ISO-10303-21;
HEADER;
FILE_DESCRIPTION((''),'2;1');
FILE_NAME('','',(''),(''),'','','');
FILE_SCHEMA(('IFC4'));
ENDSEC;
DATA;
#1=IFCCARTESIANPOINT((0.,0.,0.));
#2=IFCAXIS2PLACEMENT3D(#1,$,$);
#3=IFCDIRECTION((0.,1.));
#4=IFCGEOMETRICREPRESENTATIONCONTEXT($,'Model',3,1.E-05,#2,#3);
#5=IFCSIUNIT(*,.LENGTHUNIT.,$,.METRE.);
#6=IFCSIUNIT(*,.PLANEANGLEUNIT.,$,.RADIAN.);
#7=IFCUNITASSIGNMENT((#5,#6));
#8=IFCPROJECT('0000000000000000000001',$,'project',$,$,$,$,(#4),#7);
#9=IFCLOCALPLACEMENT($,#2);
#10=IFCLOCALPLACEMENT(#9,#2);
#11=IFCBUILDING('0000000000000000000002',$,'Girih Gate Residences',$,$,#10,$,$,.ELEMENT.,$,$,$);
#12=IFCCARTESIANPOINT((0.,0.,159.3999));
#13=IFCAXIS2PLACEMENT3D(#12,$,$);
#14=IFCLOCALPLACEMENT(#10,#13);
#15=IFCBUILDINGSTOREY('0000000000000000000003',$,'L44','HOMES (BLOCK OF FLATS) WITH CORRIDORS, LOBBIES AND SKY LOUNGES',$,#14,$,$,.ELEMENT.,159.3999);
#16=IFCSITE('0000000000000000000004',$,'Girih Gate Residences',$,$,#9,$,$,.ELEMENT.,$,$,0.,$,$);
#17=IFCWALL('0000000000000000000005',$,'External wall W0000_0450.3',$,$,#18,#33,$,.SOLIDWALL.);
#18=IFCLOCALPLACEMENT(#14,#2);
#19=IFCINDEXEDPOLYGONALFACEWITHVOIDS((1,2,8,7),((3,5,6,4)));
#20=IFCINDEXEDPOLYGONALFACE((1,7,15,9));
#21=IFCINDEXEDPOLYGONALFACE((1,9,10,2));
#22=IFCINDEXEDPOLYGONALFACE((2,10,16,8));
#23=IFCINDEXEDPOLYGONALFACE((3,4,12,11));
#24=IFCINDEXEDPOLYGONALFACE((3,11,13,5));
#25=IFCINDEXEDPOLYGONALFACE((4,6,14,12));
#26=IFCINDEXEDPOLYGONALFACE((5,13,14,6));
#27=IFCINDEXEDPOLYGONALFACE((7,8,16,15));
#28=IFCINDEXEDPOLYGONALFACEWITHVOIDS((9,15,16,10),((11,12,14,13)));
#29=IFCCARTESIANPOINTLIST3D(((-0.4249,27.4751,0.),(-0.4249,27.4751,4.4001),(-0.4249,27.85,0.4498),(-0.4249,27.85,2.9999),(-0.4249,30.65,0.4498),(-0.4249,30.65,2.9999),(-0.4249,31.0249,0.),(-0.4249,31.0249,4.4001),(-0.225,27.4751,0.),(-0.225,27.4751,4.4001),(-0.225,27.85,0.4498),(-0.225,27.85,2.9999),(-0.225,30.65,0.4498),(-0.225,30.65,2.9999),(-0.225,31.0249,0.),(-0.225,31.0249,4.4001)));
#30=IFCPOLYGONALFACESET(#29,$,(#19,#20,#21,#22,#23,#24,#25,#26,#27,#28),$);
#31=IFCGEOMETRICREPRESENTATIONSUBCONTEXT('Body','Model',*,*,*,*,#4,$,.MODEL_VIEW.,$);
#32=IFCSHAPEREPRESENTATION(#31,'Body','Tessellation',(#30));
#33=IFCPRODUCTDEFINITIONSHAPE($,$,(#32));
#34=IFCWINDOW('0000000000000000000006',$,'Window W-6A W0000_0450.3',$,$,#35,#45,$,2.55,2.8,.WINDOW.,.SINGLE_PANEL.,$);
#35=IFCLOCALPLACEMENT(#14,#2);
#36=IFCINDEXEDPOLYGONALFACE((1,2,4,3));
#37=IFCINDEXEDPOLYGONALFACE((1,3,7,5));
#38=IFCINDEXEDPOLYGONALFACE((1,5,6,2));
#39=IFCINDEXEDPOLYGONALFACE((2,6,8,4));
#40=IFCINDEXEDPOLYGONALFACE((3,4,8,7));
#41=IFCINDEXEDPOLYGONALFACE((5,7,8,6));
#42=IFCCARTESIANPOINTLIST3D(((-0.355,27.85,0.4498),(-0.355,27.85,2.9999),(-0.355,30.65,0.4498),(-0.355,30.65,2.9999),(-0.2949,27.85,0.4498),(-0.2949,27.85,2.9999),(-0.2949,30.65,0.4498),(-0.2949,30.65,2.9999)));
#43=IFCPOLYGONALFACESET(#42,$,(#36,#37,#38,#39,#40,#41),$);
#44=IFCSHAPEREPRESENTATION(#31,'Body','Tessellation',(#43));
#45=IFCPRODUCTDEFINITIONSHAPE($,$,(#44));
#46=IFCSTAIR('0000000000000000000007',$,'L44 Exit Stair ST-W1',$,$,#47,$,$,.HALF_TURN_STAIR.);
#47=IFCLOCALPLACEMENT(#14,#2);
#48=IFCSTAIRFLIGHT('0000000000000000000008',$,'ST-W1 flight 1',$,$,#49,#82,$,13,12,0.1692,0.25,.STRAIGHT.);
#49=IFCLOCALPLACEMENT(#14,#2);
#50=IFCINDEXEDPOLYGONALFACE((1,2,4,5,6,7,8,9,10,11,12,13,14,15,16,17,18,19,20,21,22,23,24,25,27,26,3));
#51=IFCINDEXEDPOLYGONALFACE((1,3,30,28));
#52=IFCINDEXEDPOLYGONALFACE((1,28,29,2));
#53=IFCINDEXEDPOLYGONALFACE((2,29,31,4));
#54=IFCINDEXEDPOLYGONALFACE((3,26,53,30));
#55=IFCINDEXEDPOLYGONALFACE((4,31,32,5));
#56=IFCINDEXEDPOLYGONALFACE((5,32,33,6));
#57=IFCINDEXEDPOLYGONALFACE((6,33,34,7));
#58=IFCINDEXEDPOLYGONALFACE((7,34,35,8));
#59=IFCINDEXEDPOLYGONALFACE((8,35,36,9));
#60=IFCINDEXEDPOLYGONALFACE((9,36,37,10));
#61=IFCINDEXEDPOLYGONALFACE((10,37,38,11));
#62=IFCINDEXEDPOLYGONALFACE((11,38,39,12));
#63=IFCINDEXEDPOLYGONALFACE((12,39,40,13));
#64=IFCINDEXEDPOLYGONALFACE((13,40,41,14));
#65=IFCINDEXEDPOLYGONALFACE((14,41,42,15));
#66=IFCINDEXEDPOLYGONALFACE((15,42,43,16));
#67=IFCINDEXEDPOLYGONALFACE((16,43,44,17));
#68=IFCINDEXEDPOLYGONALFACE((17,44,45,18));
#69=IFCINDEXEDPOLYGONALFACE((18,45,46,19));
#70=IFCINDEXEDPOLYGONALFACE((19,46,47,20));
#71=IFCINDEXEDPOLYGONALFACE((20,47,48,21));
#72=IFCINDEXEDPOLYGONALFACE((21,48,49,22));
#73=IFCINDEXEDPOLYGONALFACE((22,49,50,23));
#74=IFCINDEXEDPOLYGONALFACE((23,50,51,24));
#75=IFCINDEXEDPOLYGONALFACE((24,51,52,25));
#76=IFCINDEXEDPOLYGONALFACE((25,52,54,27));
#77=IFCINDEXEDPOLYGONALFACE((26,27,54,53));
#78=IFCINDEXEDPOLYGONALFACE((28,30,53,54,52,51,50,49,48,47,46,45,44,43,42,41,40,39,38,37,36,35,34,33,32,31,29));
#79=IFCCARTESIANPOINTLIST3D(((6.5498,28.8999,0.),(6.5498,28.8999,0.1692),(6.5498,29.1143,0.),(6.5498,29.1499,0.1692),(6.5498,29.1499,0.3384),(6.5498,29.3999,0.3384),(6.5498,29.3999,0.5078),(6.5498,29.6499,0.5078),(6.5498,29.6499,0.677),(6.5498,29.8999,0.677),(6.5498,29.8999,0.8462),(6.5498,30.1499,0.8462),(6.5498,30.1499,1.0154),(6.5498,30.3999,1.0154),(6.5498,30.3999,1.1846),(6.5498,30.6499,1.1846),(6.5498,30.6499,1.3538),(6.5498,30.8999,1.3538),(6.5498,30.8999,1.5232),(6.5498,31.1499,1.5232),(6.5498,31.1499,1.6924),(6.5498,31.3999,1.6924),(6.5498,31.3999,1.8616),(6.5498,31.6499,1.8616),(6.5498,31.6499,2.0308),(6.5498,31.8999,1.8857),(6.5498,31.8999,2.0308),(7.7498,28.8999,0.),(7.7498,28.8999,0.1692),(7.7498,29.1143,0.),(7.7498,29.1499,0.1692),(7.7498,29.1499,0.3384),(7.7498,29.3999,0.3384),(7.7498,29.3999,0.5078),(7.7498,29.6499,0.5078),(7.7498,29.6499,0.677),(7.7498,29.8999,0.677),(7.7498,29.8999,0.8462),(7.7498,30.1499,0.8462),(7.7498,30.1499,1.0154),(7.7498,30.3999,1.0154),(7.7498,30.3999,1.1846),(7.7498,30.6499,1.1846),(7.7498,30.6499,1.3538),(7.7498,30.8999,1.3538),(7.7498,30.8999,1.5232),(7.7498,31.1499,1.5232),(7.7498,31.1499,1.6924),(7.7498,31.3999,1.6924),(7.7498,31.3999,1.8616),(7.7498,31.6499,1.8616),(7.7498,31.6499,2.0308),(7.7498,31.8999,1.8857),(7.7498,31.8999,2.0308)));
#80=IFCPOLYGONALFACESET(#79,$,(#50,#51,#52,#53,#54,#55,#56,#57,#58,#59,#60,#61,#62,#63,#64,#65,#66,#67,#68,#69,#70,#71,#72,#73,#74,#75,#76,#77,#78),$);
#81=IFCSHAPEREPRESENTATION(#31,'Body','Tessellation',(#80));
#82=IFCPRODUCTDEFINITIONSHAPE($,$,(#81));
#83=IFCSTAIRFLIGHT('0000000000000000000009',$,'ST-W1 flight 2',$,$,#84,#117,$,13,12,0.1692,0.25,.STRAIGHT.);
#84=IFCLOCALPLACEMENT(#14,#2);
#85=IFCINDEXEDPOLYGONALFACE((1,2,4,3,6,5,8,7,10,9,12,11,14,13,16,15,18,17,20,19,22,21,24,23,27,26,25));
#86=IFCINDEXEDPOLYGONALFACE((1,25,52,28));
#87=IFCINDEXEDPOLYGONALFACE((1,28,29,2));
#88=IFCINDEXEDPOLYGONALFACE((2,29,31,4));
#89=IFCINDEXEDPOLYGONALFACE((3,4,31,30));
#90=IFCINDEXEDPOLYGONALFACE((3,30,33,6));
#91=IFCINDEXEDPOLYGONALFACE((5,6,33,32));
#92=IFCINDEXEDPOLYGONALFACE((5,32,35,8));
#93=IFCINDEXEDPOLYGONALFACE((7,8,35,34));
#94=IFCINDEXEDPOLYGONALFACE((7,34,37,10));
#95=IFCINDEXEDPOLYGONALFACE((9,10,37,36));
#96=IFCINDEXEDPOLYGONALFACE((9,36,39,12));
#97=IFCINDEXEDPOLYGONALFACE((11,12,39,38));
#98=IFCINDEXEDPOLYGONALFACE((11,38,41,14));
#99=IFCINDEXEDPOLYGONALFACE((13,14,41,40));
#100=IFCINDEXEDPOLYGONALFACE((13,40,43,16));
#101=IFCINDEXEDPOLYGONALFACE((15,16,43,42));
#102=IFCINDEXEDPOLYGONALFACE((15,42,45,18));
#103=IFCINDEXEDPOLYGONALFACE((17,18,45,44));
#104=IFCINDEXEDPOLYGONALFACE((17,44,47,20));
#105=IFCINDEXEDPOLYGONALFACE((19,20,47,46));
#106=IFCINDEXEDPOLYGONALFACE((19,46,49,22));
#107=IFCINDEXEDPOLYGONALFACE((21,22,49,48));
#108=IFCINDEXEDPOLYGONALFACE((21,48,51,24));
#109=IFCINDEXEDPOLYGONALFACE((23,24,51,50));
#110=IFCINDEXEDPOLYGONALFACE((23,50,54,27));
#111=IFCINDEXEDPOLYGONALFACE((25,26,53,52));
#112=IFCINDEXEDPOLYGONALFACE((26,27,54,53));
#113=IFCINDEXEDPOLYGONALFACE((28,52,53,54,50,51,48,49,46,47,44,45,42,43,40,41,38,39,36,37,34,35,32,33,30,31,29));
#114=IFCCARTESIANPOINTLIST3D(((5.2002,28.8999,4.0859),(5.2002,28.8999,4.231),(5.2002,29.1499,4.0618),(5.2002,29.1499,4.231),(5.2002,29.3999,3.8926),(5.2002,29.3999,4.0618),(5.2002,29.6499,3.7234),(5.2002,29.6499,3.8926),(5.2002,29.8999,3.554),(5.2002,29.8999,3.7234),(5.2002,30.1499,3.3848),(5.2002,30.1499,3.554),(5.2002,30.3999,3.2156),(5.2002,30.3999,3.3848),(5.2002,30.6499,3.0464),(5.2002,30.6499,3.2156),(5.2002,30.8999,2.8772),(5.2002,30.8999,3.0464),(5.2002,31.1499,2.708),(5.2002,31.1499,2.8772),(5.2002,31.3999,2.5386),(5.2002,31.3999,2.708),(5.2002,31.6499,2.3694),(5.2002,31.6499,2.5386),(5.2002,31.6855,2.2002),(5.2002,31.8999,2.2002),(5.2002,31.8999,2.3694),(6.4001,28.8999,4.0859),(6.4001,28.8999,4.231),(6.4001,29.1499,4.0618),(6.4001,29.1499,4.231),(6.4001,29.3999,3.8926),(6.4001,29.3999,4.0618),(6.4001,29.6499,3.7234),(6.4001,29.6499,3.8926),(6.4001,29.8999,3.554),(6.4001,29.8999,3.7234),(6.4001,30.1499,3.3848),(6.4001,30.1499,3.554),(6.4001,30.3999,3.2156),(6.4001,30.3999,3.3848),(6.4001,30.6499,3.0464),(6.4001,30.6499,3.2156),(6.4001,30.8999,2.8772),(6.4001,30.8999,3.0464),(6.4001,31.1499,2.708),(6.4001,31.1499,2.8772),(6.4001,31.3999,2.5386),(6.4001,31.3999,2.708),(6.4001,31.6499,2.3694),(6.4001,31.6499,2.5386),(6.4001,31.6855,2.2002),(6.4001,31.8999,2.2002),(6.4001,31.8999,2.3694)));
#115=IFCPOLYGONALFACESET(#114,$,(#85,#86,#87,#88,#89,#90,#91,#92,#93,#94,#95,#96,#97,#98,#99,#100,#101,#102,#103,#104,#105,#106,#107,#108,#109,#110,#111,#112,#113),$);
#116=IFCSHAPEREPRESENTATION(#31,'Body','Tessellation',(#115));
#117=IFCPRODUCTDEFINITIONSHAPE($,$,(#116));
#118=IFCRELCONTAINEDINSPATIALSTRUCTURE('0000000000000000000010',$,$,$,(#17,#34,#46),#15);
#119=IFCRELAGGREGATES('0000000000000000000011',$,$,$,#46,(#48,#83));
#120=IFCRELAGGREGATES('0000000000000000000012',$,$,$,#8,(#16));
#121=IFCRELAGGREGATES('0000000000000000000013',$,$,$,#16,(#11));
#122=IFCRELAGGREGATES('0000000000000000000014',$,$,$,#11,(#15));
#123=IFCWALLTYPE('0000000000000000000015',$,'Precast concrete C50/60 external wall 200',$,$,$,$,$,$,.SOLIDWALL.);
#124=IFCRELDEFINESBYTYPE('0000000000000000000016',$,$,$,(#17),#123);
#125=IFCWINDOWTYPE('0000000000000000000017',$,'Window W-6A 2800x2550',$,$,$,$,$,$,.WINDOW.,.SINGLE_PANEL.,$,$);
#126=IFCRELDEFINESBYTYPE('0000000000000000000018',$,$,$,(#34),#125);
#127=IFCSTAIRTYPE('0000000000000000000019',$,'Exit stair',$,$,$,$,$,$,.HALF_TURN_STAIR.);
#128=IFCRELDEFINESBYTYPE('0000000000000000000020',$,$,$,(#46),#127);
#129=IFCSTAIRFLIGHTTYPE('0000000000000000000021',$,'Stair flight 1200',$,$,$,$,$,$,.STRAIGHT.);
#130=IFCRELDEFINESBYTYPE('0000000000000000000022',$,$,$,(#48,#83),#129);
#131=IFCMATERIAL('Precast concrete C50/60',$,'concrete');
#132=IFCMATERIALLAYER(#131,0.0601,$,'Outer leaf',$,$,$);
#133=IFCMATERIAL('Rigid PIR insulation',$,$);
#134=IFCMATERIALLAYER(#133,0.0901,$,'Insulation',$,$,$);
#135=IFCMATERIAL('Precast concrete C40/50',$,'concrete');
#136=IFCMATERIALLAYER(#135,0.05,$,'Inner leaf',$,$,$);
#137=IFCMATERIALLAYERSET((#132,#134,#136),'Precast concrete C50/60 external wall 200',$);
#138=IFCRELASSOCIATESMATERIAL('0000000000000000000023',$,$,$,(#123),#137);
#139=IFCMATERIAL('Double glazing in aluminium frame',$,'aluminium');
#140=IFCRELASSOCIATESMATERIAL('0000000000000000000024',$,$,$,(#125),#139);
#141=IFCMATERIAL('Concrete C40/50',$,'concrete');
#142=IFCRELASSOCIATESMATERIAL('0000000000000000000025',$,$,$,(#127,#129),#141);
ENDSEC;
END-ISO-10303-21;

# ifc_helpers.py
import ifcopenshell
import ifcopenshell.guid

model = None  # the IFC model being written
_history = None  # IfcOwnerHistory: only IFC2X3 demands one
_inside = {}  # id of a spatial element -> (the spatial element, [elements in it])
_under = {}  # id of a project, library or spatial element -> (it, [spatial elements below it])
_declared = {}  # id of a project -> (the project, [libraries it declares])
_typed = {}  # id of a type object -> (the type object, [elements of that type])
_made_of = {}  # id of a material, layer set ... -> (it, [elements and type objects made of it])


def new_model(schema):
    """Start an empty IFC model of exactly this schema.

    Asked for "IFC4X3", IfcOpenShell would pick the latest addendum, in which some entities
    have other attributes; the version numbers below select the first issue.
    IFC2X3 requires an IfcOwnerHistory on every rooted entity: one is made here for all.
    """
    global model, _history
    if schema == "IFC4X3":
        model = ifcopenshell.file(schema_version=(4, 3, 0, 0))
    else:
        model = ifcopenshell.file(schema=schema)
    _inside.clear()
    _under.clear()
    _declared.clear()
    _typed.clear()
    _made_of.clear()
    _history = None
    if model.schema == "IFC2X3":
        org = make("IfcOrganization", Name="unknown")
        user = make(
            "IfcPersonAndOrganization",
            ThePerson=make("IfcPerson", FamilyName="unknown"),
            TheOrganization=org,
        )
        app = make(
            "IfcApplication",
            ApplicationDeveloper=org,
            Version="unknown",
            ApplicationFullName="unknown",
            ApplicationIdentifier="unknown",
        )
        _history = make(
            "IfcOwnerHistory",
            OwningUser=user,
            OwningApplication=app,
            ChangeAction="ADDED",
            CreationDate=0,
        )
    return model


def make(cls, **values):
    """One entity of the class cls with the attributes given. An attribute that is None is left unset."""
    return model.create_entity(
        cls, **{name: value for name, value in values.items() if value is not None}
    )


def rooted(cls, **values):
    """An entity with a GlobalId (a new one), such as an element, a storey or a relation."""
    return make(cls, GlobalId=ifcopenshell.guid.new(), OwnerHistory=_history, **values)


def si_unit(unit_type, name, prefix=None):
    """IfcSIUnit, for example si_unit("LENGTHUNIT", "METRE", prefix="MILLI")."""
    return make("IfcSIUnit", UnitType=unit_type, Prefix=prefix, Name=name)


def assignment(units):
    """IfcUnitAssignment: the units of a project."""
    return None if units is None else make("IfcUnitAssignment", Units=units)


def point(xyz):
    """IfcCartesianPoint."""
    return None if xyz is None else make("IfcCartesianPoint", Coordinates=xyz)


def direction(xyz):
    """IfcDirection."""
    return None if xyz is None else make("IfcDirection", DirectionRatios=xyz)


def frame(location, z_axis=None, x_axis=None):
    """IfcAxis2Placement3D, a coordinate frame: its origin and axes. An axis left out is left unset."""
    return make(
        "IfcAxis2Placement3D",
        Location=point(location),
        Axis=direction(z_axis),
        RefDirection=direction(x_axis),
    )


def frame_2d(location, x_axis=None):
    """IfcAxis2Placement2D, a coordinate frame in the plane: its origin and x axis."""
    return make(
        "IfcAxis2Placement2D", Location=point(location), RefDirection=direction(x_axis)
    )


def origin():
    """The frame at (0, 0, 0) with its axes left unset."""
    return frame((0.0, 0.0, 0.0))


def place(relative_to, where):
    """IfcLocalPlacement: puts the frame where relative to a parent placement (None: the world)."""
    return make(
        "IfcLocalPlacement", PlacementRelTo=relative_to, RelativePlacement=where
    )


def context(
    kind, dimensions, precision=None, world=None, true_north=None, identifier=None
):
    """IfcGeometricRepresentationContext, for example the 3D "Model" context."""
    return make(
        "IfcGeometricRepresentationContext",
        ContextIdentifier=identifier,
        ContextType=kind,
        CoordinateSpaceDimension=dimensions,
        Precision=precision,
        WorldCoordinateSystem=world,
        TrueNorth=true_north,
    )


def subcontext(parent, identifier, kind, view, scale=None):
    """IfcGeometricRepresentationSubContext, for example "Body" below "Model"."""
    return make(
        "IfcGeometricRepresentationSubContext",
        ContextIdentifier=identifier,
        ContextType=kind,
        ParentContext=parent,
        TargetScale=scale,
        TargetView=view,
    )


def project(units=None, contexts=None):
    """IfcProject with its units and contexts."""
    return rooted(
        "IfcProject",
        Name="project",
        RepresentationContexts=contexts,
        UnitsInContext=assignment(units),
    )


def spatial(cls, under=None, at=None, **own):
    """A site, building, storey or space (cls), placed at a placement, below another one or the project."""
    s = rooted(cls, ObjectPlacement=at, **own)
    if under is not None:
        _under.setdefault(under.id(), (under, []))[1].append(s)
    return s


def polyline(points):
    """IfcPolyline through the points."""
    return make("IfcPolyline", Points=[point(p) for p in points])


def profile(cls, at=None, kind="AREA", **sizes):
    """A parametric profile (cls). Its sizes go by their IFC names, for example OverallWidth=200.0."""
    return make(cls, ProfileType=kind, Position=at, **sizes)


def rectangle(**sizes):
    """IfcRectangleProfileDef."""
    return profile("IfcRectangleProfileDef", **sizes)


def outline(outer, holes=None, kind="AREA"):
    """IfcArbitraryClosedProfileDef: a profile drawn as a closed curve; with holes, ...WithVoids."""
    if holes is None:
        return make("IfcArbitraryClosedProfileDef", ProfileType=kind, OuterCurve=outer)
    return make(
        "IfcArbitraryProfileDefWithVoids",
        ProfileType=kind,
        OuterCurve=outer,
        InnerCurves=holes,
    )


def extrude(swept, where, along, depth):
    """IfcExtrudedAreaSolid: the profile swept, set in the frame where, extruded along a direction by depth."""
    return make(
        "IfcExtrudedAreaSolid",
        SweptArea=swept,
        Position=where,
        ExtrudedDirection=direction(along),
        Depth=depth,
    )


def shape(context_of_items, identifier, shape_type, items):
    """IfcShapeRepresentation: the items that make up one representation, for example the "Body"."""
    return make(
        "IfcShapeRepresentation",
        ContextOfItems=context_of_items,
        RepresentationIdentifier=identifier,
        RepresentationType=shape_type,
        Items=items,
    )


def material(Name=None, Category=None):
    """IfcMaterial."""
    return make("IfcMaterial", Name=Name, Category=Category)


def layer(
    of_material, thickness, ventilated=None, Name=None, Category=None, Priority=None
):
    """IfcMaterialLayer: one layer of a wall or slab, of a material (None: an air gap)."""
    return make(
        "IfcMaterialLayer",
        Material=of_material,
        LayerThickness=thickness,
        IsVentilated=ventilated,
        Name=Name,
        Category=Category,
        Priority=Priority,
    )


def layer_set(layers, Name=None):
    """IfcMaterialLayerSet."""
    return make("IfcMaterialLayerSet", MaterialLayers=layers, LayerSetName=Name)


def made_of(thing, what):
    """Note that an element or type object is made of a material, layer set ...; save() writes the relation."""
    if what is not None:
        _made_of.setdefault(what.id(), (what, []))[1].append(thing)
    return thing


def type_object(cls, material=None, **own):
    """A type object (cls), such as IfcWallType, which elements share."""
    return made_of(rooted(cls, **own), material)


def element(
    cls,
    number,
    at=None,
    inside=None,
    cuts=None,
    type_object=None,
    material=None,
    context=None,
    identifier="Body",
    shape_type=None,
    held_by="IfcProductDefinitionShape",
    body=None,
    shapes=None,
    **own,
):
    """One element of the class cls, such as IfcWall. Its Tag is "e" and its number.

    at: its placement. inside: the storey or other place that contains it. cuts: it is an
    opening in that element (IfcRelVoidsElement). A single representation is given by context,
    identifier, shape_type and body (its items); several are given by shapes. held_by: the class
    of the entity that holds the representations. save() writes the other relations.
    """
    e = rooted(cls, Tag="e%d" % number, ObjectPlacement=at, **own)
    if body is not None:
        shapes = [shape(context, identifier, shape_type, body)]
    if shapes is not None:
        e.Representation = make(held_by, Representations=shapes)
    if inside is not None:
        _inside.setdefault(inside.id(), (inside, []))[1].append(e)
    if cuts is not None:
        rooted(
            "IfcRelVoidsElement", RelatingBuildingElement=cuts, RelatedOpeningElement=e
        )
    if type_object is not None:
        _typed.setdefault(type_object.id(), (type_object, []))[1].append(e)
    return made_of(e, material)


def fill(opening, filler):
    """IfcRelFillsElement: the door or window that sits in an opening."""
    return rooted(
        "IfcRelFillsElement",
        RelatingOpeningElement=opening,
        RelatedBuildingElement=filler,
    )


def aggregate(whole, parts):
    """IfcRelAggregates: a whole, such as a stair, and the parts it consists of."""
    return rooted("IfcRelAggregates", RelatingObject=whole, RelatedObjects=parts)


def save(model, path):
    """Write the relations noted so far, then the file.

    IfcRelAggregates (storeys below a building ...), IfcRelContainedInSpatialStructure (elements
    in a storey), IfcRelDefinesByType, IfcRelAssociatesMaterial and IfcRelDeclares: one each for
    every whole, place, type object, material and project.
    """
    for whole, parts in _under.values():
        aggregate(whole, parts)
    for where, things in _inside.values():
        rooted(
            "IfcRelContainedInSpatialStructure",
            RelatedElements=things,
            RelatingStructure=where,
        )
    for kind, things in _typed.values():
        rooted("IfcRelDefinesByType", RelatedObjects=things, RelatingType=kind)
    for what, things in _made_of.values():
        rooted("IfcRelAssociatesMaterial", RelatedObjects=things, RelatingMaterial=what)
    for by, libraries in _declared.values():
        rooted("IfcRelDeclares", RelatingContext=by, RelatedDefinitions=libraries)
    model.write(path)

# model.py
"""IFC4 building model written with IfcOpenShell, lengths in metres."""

from ifc_helpers import new_model, si_unit, direction, frame, frame_2d, origin, place, context, subcontext, project, spatial, polyline, rectangle, outline, extrude, material, layer, layer_set, type_object, element, fill, aggregate, save


model = new_model("IFC4")

# Units and contexts
model_context = context("Model", 3, precision=1e-05, world=origin(), true_north=direction((0.0, 1.0)))
body_context = subcontext(model_context, "Body", "Model", "MODEL_VIEW")
ifc_project = project(units=[si_unit("LENGTHUNIT", "METRE"), si_unit("PLANEANGLEUNIT", "RADIAN")], contexts=[model_context])

# Site, building, storey
site_placement = place(None, origin())
site = spatial("IfcSite", under=ifc_project, at=site_placement, Name="Girih Gate Residences", CompositionType="ELEMENT", RefElevation=0.0)
building_placement = place(site_placement, origin())
building = spatial("IfcBuilding", under=site, at=building_placement, Name="Girih Gate Residences", CompositionType="ELEMENT")
storey_placement = place(building_placement, frame((0.0, 0.0, 159.3999)))
storey = spatial("IfcBuildingStorey", under=building, at=storey_placement, Name="L44", Description="HOMES (BLOCK OF FLATS) WITH CORRIDORS, LOBBIES AND SKY LOUNGES", CompositionType="ELEMENT", Elevation=159.3999)

# Wall, opening, window
ifc_material_1 = material(Name="Precast concrete C50/60", Category="concrete")
ifc_layer_1 = layer(ifc_material_1, 0.0601, Name="Outer leaf")
ifc_material_2 = material(Name="Rigid PIR insulation")
ifc_layer_2 = layer(ifc_material_2, 0.0901, Name="Insulation")
ifc_material_3 = material(Name="Precast concrete C40/50", Category="concrete")
ifc_layer_3 = layer(ifc_material_3, 0.05, Name="Inner leaf")
ifc_layer_set_1 = layer_set([ifc_layer_1, ifc_layer_2, ifc_layer_3], Name="Precast concrete C50/60 external wall 200")
wall_type_1 = type_object("IfcWallType", Name="Precast concrete C50/60 external wall 200", PredefinedType="SOLIDWALL", material=ifc_layer_set_1)
wall_1_placement = place(storey_placement, frame((-0.325, 27.4751, 0.0), z_axis=(0.0, 0.0, 1.0), x_axis=(0.0, 1.0, 0.0)))
wall_1 = element("IfcWall", 1, at=wall_1_placement, inside=storey, type_object=wall_type_1, Name="External wall W0000_0450.3", PredefinedType="SOLIDWALL", context=body_context, shape_type="SweptSolid", body=[
    extrude(rectangle(XDim=3.5498, YDim=0.2, at=frame_2d((1.7749, 0.0))), origin(), (0.0, 0.0, 1.0), 4.4001),
])
opening_1_placement = place(wall_1_placement, frame((0.375, 0.0, 0.45)))
opening_1 = element("IfcOpeningElement", 2, at=opening_1_placement, cuts=wall_1, PredefinedType="OPENING", context=body_context, shape_type="SweptSolid", body=[
    extrude(rectangle(XDim=2.8, YDim=2.55, at=frame_2d((1.3999, 1.2749))), frame((0.0, 0.1099, 0.0), z_axis=(0.0, -1.0, 0.0), x_axis=(1.0, 0.0, 0.0)), (0.0, 0.0, 1.0), 0.22),
])
ifc_material_4 = material(Name="Double glazing in aluminium frame", Category="aluminium")
window_type = type_object("IfcWindowType", Name="Window W-6A 2800x2550", PartitioningType="SINGLE_PANEL", PredefinedType="WINDOW", material=ifc_material_4)
window_placement = place(opening_1_placement, origin())
window = element("IfcWindow", 3, at=window_placement, inside=storey, type_object=window_type, Name="Window W-6A W0000_0450.3", OverallHeight=2.55, OverallWidth=2.8, PartitioningType="SINGLE_PANEL", PredefinedType="WINDOW", context=body_context, shape_type="SweptSolid", body=[
    extrude(rectangle(XDim=2.8, YDim=2.55, at=frame_2d((1.3999, 1.2749))), frame((0.0, 0.03, 0.0), z_axis=(0.0, -1.0, 0.0), x_axis=(1.0, 0.0, 0.0)), (0.0, 0.0, 1.0), 0.0601),
])
fill(opening_1, window)

# Stair, stair flights
ifc_material_5 = material(Name="Concrete C40/50", Category="concrete")
stair_type = type_object("IfcStairType", Name="Exit stair", PredefinedType="HALF_TURN_STAIR", material=ifc_material_5)
stair_placement = place(storey_placement, origin())
stair = element("IfcStair", 4, at=stair_placement, inside=storey, type_object=stair_type, Name="L44 Exit Stair ST-W1", PredefinedType="HALF_TURN_STAIR")
stair_flight_type = type_object("IfcStairFlightType", Name="Stair flight 1200", PredefinedType="STRAIGHT", material=ifc_material_5)
stair_flight_1_placement = place(storey_placement, frame((7.1499, 28.8999, 0.0), z_axis=(0.0, 0.0, 1.0), x_axis=(0.0, 1.0, 0.0)))
stair_flight_1 = element("IfcStairFlight", 5, at=stair_flight_1_placement, type_object=stair_flight_type, Name="ST-W1 flight 1", NumberOfRisers=13, NumberOfTreads=12, PredefinedType="STRAIGHT", RiserHeight=0.1692, TreadLength=0.25, context=body_context, shape_type="SweptSolid", body=[
    extrude(outline(polyline([(0.0, 0.0), (0.0, 0.1692), (0.25, 0.1692), (0.25, 0.3384), (0.5, 0.3384), (0.5, 0.5078), (0.75, 0.5078), (0.75, 0.677), (1.0, 0.677), (1.0, 0.8462), (1.25, 0.8462), (1.25, 1.0154), (1.5, 1.0154), (1.5, 1.1846), (1.75, 1.1846), (1.75, 1.3538), (2.0, 1.3538), (2.0, 1.5232), (2.25, 1.5232), (2.25, 1.6924), (2.5, 1.6924), (2.5, 1.8616), (2.75, 1.8616), (2.75, 2.0308), (3.0, 2.0308), (3.0, 2.2), (3.0, 1.8857), (0.2144, 0.0), (0.0, 0.0)])), frame((0.0, 0.6001, 0.0), z_axis=(0.0, -1.0, 0.0), x_axis=(1.0, 0.0, 0.0)), (0.0, 0.0, 1.0), 1.2),
])
stair_flight_2_placement = place(storey_placement, frame((5.8, 31.8999, 2.2002), z_axis=(0.0, 0.0, 1.0), x_axis=(0.0, -1.0, 0.0)))
stair_flight_2 = element("IfcStairFlight", 6, at=stair_flight_2_placement, type_object=stair_flight_type, Name="ST-W1 flight 2", NumberOfRisers=13, NumberOfTreads=12, PredefinedType="STRAIGHT", RiserHeight=0.1692, TreadLength=0.25, context=body_context, shape_type="SweptSolid", body=[
    extrude(outline(polyline([(0.0, 0.0), (0.0, 0.1692), (0.25, 0.1692), (0.25, 0.3384), (0.5, 0.3384), (0.5, 0.5078), (0.75, 0.5078), (0.75, 0.677), (1.0, 0.677), (1.0, 0.8462), (1.25, 0.8462), (1.25, 1.0154), (1.5, 1.0154), (1.5, 1.1846), (1.75, 1.1846), (1.75, 1.3538), (2.0, 1.3538), (2.0, 1.5232), (2.25, 1.5232), (2.25, 1.6924), (2.5, 1.6924), (2.5, 1.8616), (2.75, 1.8616), (2.75, 2.0308), (3.0, 2.0308), (3.0, 2.2), (3.0, 1.8857), (0.2144, 0.0), (0.0, 0.0)])), frame((0.0, 0.6001, 0.0), z_axis=(0.0, -1.0, 0.0), x_axis=(1.0, 0.0, 0.0)), (0.0, 0.0, 1.0), 1.2),
])
aggregate(stair, [stair_flight_1, stair_flight_2])

save(model, "model.ifc")
